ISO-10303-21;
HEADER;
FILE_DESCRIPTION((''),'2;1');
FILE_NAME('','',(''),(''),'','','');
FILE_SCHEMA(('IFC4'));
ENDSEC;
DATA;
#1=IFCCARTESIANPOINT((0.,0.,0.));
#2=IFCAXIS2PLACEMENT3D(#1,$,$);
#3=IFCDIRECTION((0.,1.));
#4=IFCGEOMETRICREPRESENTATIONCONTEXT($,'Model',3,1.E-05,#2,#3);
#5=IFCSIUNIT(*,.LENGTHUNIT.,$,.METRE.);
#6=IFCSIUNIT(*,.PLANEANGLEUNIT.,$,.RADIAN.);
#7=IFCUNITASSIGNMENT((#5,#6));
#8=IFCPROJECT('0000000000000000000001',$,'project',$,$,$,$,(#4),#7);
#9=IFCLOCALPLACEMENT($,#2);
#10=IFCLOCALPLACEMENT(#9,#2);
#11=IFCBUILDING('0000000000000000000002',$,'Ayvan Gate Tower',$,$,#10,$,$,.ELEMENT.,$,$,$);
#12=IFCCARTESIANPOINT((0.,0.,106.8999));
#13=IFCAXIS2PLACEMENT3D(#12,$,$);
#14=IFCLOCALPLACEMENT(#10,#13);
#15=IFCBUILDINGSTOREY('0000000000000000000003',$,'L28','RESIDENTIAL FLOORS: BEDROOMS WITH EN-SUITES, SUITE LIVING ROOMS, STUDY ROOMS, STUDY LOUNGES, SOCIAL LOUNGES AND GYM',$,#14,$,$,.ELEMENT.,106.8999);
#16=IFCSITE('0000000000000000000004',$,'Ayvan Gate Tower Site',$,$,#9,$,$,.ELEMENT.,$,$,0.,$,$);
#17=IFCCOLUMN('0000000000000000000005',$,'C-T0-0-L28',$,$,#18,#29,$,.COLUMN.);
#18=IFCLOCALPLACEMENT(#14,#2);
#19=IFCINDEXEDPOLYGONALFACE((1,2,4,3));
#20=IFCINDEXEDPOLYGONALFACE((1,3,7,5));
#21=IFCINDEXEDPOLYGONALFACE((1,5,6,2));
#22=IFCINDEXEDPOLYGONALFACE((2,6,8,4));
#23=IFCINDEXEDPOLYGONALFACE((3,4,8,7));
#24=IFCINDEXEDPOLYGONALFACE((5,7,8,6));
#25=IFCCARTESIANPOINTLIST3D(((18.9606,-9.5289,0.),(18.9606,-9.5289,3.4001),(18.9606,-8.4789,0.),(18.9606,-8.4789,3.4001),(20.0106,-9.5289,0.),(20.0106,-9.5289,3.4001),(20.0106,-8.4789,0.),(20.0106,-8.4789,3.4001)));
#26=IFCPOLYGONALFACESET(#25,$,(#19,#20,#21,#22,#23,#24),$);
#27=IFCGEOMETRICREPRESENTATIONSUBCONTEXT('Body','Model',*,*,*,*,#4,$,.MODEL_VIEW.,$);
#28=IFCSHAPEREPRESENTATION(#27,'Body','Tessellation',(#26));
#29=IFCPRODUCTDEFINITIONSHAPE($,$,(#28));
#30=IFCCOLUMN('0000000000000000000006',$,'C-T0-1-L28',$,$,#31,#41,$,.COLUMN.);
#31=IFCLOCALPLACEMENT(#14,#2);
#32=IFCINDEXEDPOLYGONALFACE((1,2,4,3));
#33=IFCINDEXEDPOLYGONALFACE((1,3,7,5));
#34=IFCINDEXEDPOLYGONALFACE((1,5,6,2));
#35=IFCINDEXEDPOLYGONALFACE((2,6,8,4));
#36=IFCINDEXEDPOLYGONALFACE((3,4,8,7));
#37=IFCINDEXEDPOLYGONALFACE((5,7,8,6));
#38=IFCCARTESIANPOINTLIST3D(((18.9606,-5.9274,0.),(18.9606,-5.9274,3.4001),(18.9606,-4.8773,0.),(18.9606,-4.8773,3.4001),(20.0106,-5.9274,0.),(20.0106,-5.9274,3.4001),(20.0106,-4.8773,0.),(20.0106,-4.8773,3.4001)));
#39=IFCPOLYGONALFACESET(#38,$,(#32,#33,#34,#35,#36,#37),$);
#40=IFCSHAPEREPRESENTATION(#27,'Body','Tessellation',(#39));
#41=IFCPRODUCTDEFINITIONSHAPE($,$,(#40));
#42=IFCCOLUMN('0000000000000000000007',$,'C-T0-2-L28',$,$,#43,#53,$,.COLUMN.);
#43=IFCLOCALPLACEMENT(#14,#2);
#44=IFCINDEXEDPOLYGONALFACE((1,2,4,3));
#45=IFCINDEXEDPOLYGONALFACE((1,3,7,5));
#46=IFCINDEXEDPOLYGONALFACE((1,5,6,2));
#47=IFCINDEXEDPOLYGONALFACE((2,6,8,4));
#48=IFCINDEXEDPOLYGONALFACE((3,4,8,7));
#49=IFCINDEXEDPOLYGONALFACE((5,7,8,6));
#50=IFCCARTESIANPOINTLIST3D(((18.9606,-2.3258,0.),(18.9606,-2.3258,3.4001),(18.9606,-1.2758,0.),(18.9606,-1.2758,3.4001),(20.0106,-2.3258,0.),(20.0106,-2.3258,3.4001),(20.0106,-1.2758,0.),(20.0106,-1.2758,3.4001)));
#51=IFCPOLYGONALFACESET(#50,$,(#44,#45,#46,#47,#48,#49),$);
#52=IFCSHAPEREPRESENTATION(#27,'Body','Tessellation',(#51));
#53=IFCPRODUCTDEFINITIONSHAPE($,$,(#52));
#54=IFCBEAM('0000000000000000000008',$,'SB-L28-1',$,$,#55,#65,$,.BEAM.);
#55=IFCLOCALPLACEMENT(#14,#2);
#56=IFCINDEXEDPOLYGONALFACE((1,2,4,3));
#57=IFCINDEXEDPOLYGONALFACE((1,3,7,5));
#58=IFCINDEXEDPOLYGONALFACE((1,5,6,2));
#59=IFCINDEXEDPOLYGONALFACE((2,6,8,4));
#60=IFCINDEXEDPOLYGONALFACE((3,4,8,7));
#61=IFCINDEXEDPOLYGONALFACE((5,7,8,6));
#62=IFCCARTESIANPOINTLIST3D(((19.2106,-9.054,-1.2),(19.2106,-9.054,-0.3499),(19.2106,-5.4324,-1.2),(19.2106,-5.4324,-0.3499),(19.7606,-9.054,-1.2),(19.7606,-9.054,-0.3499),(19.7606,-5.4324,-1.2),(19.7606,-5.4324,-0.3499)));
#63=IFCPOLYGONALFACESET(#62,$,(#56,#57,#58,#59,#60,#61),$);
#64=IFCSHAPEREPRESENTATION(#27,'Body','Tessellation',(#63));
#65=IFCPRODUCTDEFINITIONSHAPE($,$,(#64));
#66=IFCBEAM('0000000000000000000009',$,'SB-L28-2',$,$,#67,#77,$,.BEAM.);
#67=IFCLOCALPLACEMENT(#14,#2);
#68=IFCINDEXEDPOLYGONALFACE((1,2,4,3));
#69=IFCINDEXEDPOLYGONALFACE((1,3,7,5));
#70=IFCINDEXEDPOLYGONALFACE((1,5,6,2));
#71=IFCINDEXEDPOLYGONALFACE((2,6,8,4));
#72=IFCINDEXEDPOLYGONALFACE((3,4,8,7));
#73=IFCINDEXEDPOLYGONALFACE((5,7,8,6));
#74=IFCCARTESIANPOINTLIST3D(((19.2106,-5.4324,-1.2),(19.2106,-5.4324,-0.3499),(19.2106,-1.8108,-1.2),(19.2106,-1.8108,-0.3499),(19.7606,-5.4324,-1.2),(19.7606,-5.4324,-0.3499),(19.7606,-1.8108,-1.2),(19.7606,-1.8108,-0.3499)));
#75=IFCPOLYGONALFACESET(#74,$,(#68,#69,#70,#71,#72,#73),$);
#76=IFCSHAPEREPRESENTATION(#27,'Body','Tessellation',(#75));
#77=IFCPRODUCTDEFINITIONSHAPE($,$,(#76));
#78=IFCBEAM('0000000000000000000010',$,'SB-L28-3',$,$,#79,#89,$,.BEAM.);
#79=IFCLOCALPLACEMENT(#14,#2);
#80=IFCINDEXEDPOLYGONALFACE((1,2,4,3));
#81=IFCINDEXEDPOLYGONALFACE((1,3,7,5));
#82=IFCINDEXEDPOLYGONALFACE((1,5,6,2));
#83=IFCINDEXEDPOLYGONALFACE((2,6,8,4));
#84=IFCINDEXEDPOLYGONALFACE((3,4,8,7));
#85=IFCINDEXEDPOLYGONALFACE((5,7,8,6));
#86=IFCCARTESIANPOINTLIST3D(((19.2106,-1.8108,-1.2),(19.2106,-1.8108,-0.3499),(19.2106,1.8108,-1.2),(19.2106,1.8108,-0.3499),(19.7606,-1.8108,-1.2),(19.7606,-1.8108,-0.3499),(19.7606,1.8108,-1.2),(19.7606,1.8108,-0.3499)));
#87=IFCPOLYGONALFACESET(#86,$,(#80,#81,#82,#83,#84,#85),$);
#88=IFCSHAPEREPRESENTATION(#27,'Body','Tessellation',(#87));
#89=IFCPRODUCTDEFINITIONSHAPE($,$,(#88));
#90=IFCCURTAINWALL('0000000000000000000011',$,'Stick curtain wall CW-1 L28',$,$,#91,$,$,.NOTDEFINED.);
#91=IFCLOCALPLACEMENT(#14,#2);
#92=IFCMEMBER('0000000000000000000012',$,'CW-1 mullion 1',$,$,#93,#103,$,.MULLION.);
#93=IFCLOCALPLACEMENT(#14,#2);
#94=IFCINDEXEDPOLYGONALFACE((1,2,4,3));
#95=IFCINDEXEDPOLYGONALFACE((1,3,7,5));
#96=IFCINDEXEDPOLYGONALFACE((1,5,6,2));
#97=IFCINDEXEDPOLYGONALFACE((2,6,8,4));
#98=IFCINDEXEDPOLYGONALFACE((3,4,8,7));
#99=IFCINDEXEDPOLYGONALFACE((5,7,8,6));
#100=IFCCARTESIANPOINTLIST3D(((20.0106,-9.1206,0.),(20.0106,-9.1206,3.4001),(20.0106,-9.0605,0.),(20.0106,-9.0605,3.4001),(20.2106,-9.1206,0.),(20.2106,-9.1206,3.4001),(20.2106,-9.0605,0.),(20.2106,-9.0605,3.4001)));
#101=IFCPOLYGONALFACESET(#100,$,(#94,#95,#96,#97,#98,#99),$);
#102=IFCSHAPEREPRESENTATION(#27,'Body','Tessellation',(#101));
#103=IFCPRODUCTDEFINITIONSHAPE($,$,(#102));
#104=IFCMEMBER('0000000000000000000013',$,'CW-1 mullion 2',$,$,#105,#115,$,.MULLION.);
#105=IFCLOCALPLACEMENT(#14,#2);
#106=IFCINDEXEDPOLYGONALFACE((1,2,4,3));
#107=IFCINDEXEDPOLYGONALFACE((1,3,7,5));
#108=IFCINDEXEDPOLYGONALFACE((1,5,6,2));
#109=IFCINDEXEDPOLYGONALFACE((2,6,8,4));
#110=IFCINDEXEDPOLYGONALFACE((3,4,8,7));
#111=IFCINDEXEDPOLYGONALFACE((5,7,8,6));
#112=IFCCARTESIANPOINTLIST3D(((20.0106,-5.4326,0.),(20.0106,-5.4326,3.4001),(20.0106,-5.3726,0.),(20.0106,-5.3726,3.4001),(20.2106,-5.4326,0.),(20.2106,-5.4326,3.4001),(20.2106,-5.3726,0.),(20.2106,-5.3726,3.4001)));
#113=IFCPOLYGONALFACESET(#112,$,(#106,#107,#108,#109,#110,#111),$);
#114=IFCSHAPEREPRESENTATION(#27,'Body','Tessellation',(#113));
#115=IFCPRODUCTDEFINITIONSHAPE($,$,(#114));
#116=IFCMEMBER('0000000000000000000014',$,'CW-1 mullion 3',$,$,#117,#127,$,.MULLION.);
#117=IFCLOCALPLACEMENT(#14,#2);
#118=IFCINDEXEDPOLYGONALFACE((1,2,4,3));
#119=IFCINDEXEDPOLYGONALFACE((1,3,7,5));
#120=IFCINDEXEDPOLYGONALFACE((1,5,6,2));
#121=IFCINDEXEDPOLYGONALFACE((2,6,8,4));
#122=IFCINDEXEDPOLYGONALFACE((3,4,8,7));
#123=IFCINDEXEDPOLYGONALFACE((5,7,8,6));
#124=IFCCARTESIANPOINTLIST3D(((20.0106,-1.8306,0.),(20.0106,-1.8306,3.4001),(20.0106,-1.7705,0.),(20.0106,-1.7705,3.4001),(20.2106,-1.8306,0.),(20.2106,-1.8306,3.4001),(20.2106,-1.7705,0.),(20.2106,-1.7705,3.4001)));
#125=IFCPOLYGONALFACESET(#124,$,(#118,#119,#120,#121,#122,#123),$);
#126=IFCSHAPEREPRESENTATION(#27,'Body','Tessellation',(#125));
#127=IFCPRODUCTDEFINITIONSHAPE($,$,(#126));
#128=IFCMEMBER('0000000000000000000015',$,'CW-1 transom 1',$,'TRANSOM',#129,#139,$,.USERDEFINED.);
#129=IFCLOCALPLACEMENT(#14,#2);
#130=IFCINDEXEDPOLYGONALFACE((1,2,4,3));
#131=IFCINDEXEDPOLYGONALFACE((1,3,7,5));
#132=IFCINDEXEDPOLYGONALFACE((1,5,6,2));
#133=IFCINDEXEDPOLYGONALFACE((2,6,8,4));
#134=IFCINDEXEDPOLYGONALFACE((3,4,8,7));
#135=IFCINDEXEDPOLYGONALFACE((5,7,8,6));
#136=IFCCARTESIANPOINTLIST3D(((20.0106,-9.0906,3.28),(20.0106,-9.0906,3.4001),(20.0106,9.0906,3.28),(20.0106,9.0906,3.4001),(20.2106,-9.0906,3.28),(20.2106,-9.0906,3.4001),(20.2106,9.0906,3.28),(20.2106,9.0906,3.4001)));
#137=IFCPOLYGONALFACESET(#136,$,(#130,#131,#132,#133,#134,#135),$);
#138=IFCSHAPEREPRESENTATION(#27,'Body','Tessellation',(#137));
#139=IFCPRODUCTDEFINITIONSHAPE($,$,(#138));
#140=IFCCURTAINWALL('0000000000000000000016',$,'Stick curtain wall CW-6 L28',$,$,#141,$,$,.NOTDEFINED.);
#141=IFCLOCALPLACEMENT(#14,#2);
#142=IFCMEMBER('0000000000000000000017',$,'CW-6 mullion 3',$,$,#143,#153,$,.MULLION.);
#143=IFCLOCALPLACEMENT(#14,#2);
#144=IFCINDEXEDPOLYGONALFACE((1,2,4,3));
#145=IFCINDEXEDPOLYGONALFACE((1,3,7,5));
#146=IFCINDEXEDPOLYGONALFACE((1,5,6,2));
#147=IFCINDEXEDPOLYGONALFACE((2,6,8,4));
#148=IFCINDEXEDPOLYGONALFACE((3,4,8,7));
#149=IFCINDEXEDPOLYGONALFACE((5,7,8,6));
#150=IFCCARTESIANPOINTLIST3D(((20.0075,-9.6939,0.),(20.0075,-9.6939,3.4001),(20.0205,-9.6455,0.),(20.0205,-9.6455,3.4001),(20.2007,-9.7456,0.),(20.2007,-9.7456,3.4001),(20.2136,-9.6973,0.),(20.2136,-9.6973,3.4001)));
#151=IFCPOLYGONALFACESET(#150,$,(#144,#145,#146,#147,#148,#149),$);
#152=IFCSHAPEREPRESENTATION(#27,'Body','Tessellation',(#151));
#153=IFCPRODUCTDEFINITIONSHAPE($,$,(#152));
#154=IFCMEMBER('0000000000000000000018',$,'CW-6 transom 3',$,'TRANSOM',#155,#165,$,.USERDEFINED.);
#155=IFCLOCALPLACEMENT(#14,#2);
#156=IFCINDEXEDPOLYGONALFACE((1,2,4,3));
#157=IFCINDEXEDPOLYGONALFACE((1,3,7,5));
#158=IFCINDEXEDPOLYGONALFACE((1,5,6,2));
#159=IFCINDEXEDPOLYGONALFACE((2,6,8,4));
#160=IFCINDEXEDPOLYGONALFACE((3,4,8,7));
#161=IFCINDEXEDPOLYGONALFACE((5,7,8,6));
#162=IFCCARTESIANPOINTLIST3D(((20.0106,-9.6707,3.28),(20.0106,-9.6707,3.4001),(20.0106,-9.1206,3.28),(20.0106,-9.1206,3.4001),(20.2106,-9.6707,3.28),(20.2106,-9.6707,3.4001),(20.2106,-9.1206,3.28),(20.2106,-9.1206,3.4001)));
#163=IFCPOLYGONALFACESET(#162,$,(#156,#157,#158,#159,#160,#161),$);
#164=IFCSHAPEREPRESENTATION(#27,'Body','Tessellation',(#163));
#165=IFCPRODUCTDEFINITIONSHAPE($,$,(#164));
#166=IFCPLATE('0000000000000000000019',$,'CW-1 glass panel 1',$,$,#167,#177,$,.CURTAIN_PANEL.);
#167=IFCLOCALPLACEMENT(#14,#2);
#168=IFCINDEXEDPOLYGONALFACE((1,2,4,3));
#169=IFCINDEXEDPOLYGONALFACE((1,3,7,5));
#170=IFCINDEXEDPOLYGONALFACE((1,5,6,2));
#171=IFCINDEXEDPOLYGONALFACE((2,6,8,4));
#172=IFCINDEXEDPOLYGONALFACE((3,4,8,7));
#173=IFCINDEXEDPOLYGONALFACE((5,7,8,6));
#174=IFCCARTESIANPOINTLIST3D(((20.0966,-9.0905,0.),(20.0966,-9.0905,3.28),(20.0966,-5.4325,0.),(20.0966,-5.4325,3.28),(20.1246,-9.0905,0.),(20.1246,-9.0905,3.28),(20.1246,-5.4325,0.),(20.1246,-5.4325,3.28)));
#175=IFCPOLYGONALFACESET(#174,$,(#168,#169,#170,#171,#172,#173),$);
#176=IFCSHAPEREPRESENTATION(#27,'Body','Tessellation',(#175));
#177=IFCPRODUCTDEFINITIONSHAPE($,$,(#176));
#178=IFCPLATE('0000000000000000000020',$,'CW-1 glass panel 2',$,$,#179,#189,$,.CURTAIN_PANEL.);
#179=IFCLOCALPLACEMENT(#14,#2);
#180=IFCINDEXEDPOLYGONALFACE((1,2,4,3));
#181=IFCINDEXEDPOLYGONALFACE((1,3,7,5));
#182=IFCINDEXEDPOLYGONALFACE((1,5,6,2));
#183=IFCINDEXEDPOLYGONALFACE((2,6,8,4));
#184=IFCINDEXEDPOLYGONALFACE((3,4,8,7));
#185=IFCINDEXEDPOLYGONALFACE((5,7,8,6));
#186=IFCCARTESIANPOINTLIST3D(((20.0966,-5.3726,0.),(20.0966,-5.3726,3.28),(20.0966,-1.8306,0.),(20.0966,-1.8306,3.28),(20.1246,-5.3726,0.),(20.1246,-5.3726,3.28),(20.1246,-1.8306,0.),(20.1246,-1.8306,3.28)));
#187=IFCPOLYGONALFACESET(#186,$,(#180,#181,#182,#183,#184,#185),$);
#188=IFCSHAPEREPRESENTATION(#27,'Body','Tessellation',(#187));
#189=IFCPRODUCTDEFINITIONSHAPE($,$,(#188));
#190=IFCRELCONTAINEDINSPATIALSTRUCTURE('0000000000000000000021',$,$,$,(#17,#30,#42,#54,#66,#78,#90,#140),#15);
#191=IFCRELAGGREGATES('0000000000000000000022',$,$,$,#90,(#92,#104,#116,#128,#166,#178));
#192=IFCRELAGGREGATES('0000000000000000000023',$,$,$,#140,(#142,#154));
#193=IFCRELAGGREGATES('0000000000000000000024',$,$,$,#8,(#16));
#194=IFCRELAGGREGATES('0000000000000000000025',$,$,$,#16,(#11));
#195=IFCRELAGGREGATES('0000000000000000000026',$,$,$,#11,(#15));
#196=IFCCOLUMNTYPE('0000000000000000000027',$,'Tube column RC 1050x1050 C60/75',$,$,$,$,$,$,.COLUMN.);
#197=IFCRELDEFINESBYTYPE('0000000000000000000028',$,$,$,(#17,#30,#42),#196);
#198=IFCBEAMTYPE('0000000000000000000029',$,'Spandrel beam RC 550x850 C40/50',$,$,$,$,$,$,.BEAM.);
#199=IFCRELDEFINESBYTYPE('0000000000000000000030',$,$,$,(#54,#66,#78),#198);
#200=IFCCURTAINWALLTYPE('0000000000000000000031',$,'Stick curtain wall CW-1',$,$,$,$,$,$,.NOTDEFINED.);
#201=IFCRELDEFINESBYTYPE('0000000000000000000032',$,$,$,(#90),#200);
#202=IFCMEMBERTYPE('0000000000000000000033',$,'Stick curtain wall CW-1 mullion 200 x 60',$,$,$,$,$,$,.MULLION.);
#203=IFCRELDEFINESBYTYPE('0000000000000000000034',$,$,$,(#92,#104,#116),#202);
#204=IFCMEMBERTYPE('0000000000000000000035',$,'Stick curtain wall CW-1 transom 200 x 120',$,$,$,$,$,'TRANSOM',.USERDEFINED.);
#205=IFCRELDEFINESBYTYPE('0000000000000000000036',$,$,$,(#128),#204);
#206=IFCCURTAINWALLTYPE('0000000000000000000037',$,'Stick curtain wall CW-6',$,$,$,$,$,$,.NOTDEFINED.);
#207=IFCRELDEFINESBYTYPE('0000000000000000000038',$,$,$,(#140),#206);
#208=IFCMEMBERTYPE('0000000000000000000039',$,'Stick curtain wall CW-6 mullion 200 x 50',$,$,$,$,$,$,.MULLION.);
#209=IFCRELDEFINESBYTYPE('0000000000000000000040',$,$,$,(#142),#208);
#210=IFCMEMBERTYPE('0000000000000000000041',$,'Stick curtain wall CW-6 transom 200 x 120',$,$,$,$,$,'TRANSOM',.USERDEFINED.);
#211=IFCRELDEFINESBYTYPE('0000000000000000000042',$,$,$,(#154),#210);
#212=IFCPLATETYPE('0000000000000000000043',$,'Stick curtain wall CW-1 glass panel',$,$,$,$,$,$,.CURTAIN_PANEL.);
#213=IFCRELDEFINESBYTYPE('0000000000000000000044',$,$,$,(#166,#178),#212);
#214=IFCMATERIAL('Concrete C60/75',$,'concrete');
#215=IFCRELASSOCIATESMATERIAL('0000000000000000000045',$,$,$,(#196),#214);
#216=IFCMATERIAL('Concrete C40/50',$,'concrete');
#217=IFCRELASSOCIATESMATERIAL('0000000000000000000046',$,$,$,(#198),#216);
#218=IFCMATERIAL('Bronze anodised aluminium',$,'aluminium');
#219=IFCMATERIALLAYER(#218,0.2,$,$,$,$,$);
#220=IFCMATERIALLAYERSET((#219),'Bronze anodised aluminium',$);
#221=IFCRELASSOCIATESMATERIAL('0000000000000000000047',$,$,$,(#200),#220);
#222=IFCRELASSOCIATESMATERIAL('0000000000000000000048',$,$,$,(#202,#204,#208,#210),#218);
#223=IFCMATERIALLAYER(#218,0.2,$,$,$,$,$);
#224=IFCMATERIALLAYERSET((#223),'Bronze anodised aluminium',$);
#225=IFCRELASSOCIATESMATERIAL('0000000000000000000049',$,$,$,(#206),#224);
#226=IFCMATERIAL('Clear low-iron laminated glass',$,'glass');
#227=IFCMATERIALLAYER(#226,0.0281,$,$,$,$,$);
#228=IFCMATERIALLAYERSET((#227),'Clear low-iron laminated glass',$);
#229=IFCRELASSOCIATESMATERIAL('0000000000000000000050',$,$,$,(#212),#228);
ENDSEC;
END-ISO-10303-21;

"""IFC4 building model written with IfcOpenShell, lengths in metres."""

from ifc_helpers import new_model, si_unit, direction, frame, origin, origin_2d, place, context, subcontext, project, spatial, rectangle, extrude, material, layer, layer_set, material_profile, profile_set, type_object, element, aggregate, save


model = new_model("IFC4")

# Units and contexts
model_context = context("Model", 3, precision=1e-05, world=origin(), true_north=direction((0.0, 1.0)))
body_context = subcontext(model_context, "Body", "Model", "MODEL_VIEW")
ifc_project = project(units=[si_unit("LENGTHUNIT", "METRE"), si_unit("PLANEANGLEUNIT", "RADIAN")], contexts=[model_context])

# Site, building, storey
site_placement = place(None, origin())
site = spatial("IfcSite", under=ifc_project, at=site_placement, Name="Ayvan Gate Tower Site", CompositionType="ELEMENT", RefElevation=0.0)
building_placement = place(site_placement, origin())
building = spatial("IfcBuilding", under=site, at=building_placement, Name="Ayvan Gate Tower", CompositionType="ELEMENT")
storey_placement = place(building_placement, frame((0.0, 0.0, 106.8999)))
storey = spatial("IfcBuildingStorey", under=building, at=storey_placement, Name="L28", Description="RESIDENTIAL FLOORS: BEDROOMS WITH EN-SUITES, SUITE LIVING ROOMS, STUDY ROOMS, STUDY LOUNGES, SOCIAL LOUNGES AND GYM", CompositionType="ELEMENT", Elevation=106.8999)

# Columns
ifc_material_1 = material(Name="Concrete C60/75", Category="concrete")
ifc_material_profile_1 = material_profile(ifc_material_1, rectangle(XDim=1.05, YDim=1.05, at=origin_2d()), Name="RC 1050x1050")
ifc_profile_set_1 = profile_set([ifc_material_profile_1], Name="Concrete C60/75")
column_type = type_object("IfcColumnType", Name="Tube column RC 1050x1050 C60/75", PredefinedType="COLUMN", material=ifc_profile_set_1)
for number, where, z_axis, x_axis, name in (
    (1, (19.4856, -9.0039, 0.0), (0.0, 0.0, 1.0), (1.0, 0.0, 0.0), "C-T0-0-L28"),
    (2, (19.4856, -5.4023, 0.0), (0.0, 0.0, 1.0), (1.0, 0.0, 0.0), "C-T0-1-L28"),
    (3, (19.4856, -1.8008, 0.0), (0.0, 0.0, 1.0), (1.0, 0.0, 0.0), "C-T0-2-L28"),
):
    element("IfcColumn", number, at=place(storey_placement, frame(where, z_axis=z_axis, x_axis=x_axis)), inside=storey, type_object=column_type, Name=name, PredefinedType="COLUMN", context=body_context, shape_type="SweptSolid", body=[
        extrude(rectangle(XDim=1.05, YDim=1.05, at=origin_2d()), origin(), (0.0, 0.0, 1.0), 3.4001),
    ])

# Beams
ifc_material_2 = material(Name="Concrete C40/50", Category="concrete")
ifc_material_profile_2 = material_profile(ifc_material_2, rectangle(XDim=0.55, YDim=0.8501, at=origin_2d()), Name="RC 550x850")
ifc_profile_set_2 = profile_set([ifc_material_profile_2], Name="Concrete C40/50")
beam_type = type_object("IfcBeamType", Name="Spandrel beam RC 550x850 C40/50", PredefinedType="BEAM", material=ifc_profile_set_2)
for number, where, z_axis, x_axis, name in (
    (4, (19.4856, -9.054, -0.7749), (0.0, 1.0, 0.0), (-1.0, 0.0, 0.0), "SB-L28-1"),
    (5, (19.4856, -5.4324, -0.7749), (0.0, 1.0, 0.0), (-1.0, 0.0, 0.0), "SB-L28-2"),
    (6, (19.4856, -1.8108, -0.7749), (0.0, 1.0, 0.0), (-1.0, 0.0, 0.0), "SB-L28-3"),
):
    element("IfcBeam", number, at=place(storey_placement, frame(where, z_axis=z_axis, x_axis=x_axis)), inside=storey, type_object=beam_type, Name=name, PredefinedType="BEAM", context=body_context, shape_type="SweptSolid", body=[
        extrude(rectangle(XDim=0.55, YDim=0.8501, at=origin_2d()), origin(), (0.0, 0.0, 1.0), 3.6216),
    ])

# Curtain walls, members
ifc_material_3 = material(Name="Bronze anodised aluminium", Category="aluminium")
ifc_layer_1 = layer(ifc_material_3, 0.2)
ifc_layer_set_1 = layer_set([ifc_layer_1], Name="Bronze anodised aluminium")
curtain_wall_type_1 = type_object("IfcCurtainWallType", Name="Stick curtain wall CW-1", PredefinedType="NOTDEFINED", material=ifc_layer_set_1)
curtain_wall_1_placement = place(storey_placement, origin())
curtain_wall_1 = element("IfcCurtainWall", 7, at=curtain_wall_1_placement, inside=storey, type_object=curtain_wall_type_1, Name="Stick curtain wall CW-1 L28", PredefinedType="NOTDEFINED")
ifc_material_profile_3 = material_profile(ifc_material_3, rectangle(XDim=0.2, YDim=0.0601, at=origin_2d()), Name="Stick curtain wall CW-1 mullion 200 x 60")
ifc_profile_set_3 = profile_set([ifc_material_profile_3], Name="Bronze anodised aluminium")
member_type_1 = type_object("IfcMemberType", Name="Stick curtain wall CW-1 mullion 200 x 60", PredefinedType="MULLION", material=ifc_profile_set_3)
member_1_placement = place(storey_placement, frame((20.1106, -9.0906, 0.0), z_axis=(0.0, 0.0, 1.0), x_axis=(1.0, 0.0, 0.0)))
member_1 = element("IfcMember", 8, at=member_1_placement, type_object=member_type_1, Name="CW-1 mullion 1", PredefinedType="MULLION", context=body_context, shape_type="SweptSolid", body=[
    extrude(rectangle(XDim=0.2, YDim=0.0601, at=origin_2d()), origin(), (0.0, 0.0, 1.0), 3.4001),
])
member_2_placement = place(storey_placement, frame((20.1106, -5.4026, 0.0), z_axis=(0.0, 0.0, 1.0), x_axis=(1.0, 0.0, 0.0)))
member_2 = element("IfcMember", 9, at=member_2_placement, type_object=member_type_1, Name="CW-1 mullion 2", PredefinedType="MULLION", context=body_context, shape_type="SweptSolid", body=[
    extrude(rectangle(XDim=0.2, YDim=0.0601, at=origin_2d()), origin(), (0.0, 0.0, 1.0), 3.4001),
])
member_3_placement = place(storey_placement, frame((20.1106, -1.8005, 0.0), z_axis=(0.0, 0.0, 1.0), x_axis=(1.0, 0.0, 0.0)))
member_3 = element("IfcMember", 10, at=member_3_placement, type_object=member_type_1, Name="CW-1 mullion 3", PredefinedType="MULLION", context=body_context, shape_type="SweptSolid", body=[
    extrude(rectangle(XDim=0.2, YDim=0.0601, at=origin_2d()), origin(), (0.0, 0.0, 1.0), 3.4001),
])
ifc_material_profile_4 = material_profile(ifc_material_3, rectangle(XDim=0.2, YDim=0.1201, at=origin_2d()), Name="Stick curtain wall CW-1 transom 200 x 120")
ifc_profile_set_4 = profile_set([ifc_material_profile_4], Name="Bronze anodised aluminium")
member_type_2 = type_object("IfcMemberType", Name="Stick curtain wall CW-1 transom 200 x 120", ElementType="TRANSOM", PredefinedType="USERDEFINED", material=ifc_profile_set_4)
member_4_placement = place(storey_placement, frame((20.1106, -9.0906, 3.3401), z_axis=(0.0, 1.0, 0.0), x_axis=(-1.0, 0.0, 0.0)))
member_4 = element("IfcMember", 11, at=member_4_placement, type_object=member_type_2, Name="CW-1 transom 1", ObjectType="TRANSOM", PredefinedType="USERDEFINED", context=body_context, shape_type="SweptSolid", body=[
    extrude(rectangle(XDim=0.2, YDim=0.1201, at=origin_2d()), origin(), (0.0, 0.0, 1.0), 18.1812),
])
ifc_layer_2 = layer(ifc_material_3, 0.2)
ifc_layer_set_2 = layer_set([ifc_layer_2], Name="Bronze anodised aluminium")
curtain_wall_type_2 = type_object("IfcCurtainWallType", Name="Stick curtain wall CW-6", PredefinedType="NOTDEFINED", material=ifc_layer_set_2)
curtain_wall_2_placement = place(storey_placement, origin())
curtain_wall_2 = element("IfcCurtainWall", 12, at=curtain_wall_2_placement, inside=storey, type_object=curtain_wall_type_2, Name="Stick curtain wall CW-6 L28", PredefinedType="NOTDEFINED")
ifc_material_profile_5 = material_profile(ifc_material_3, rectangle(XDim=0.2, YDim=0.05, at=origin_2d()), Name="Stick curtain wall CW-6 mullion 200 x 50")
ifc_profile_set_5 = profile_set([ifc_material_profile_5], Name="Bronze anodised aluminium")
member_type_3 = type_object("IfcMemberType", Name="Stick curtain wall CW-6 mullion 200 x 50", PredefinedType="MULLION", material=ifc_profile_set_5)
member_5_placement = place(storey_placement, frame((20.1106, -9.6956, 0.0), z_axis=(0.0, 0.0, 1.0), x_axis=(0.965926, -0.258819, 0.0)))
member_5 = element("IfcMember", 13, at=member_5_placement, type_object=member_type_3, Name="CW-6 mullion 3", PredefinedType="MULLION", context=body_context, shape_type="SweptSolid", body=[
    extrude(rectangle(XDim=0.2, YDim=0.05, at=origin_2d()), origin(), (0.0, 0.0, 1.0), 3.4001),
])
ifc_material_profile_6 = material_profile(ifc_material_3, rectangle(XDim=0.2, YDim=0.1201, at=origin_2d()), Name="Stick curtain wall CW-6 transom 200 x 120")
ifc_profile_set_6 = profile_set([ifc_material_profile_6], Name="Bronze anodised aluminium")
member_type_4 = type_object("IfcMemberType", Name="Stick curtain wall CW-6 transom 200 x 120", ElementType="TRANSOM", PredefinedType="USERDEFINED", material=ifc_profile_set_6)
member_6_placement = place(storey_placement, frame((20.1106, -9.6707, 3.3401), z_axis=(0.0, 1.0, 0.0), x_axis=(-1.0, 0.0, 0.0)))
member_6 = element("IfcMember", 14, at=member_6_placement, type_object=member_type_4, Name="CW-6 transom 3", ObjectType="TRANSOM", PredefinedType="USERDEFINED", context=body_context, shape_type="SweptSolid", body=[
    extrude(rectangle(XDim=0.2, YDim=0.1201, at=origin_2d()), origin(), (0.0, 0.0, 1.0), 0.55),
])

# Plates
ifc_material_4 = material(Name="Clear low-iron laminated glass", Category="glass")
ifc_layer_3 = layer(ifc_material_4, 0.0281)
ifc_layer_set_3 = layer_set([ifc_layer_3], Name="Clear low-iron laminated glass")
plate_type_1 = type_object("IfcPlateType", Name="Stick curtain wall CW-1 glass panel", PredefinedType="CURTAIN_PANEL", material=ifc_layer_set_3)
plate_1_placement = place(storey_placement, frame((20.1106, -7.2615, 0.0), z_axis=(0.0, 0.0, 1.0), x_axis=(0.0, 1.0, 0.0)))
plate_1 = element("IfcPlate", 15, at=plate_1_placement, type_object=plate_type_1, Name="CW-1 glass panel 1", PredefinedType="CURTAIN_PANEL", context=body_context, shape_type="SweptSolid", body=[
    extrude(rectangle(XDim=3.658, YDim=0.0281, at=origin_2d()), origin(), (0.0, 0.0, 1.0), 3.28),
])
plate_2_placement = place(storey_placement, frame((20.1106, -3.6016, 0.0), z_axis=(0.0, 0.0, 1.0), x_axis=(0.0, 1.0, 0.0)))
plate_2 = element("IfcPlate", 16, at=plate_2_placement, type_object=plate_type_1, Name="CW-1 glass panel 2", PredefinedType="CURTAIN_PANEL", context=body_context, shape_type="SweptSolid", body=[
    extrude(rectangle(XDim=3.542, YDim=0.0281, at=origin_2d()), origin(), (0.0, 0.0, 1.0), 3.28),
])
aggregate(curtain_wall_1, [member_1, member_2, member_3, member_4, plate_1, plate_2])
aggregate(curtain_wall_2, [member_5, member_6])

save(model, "model.ifc")
